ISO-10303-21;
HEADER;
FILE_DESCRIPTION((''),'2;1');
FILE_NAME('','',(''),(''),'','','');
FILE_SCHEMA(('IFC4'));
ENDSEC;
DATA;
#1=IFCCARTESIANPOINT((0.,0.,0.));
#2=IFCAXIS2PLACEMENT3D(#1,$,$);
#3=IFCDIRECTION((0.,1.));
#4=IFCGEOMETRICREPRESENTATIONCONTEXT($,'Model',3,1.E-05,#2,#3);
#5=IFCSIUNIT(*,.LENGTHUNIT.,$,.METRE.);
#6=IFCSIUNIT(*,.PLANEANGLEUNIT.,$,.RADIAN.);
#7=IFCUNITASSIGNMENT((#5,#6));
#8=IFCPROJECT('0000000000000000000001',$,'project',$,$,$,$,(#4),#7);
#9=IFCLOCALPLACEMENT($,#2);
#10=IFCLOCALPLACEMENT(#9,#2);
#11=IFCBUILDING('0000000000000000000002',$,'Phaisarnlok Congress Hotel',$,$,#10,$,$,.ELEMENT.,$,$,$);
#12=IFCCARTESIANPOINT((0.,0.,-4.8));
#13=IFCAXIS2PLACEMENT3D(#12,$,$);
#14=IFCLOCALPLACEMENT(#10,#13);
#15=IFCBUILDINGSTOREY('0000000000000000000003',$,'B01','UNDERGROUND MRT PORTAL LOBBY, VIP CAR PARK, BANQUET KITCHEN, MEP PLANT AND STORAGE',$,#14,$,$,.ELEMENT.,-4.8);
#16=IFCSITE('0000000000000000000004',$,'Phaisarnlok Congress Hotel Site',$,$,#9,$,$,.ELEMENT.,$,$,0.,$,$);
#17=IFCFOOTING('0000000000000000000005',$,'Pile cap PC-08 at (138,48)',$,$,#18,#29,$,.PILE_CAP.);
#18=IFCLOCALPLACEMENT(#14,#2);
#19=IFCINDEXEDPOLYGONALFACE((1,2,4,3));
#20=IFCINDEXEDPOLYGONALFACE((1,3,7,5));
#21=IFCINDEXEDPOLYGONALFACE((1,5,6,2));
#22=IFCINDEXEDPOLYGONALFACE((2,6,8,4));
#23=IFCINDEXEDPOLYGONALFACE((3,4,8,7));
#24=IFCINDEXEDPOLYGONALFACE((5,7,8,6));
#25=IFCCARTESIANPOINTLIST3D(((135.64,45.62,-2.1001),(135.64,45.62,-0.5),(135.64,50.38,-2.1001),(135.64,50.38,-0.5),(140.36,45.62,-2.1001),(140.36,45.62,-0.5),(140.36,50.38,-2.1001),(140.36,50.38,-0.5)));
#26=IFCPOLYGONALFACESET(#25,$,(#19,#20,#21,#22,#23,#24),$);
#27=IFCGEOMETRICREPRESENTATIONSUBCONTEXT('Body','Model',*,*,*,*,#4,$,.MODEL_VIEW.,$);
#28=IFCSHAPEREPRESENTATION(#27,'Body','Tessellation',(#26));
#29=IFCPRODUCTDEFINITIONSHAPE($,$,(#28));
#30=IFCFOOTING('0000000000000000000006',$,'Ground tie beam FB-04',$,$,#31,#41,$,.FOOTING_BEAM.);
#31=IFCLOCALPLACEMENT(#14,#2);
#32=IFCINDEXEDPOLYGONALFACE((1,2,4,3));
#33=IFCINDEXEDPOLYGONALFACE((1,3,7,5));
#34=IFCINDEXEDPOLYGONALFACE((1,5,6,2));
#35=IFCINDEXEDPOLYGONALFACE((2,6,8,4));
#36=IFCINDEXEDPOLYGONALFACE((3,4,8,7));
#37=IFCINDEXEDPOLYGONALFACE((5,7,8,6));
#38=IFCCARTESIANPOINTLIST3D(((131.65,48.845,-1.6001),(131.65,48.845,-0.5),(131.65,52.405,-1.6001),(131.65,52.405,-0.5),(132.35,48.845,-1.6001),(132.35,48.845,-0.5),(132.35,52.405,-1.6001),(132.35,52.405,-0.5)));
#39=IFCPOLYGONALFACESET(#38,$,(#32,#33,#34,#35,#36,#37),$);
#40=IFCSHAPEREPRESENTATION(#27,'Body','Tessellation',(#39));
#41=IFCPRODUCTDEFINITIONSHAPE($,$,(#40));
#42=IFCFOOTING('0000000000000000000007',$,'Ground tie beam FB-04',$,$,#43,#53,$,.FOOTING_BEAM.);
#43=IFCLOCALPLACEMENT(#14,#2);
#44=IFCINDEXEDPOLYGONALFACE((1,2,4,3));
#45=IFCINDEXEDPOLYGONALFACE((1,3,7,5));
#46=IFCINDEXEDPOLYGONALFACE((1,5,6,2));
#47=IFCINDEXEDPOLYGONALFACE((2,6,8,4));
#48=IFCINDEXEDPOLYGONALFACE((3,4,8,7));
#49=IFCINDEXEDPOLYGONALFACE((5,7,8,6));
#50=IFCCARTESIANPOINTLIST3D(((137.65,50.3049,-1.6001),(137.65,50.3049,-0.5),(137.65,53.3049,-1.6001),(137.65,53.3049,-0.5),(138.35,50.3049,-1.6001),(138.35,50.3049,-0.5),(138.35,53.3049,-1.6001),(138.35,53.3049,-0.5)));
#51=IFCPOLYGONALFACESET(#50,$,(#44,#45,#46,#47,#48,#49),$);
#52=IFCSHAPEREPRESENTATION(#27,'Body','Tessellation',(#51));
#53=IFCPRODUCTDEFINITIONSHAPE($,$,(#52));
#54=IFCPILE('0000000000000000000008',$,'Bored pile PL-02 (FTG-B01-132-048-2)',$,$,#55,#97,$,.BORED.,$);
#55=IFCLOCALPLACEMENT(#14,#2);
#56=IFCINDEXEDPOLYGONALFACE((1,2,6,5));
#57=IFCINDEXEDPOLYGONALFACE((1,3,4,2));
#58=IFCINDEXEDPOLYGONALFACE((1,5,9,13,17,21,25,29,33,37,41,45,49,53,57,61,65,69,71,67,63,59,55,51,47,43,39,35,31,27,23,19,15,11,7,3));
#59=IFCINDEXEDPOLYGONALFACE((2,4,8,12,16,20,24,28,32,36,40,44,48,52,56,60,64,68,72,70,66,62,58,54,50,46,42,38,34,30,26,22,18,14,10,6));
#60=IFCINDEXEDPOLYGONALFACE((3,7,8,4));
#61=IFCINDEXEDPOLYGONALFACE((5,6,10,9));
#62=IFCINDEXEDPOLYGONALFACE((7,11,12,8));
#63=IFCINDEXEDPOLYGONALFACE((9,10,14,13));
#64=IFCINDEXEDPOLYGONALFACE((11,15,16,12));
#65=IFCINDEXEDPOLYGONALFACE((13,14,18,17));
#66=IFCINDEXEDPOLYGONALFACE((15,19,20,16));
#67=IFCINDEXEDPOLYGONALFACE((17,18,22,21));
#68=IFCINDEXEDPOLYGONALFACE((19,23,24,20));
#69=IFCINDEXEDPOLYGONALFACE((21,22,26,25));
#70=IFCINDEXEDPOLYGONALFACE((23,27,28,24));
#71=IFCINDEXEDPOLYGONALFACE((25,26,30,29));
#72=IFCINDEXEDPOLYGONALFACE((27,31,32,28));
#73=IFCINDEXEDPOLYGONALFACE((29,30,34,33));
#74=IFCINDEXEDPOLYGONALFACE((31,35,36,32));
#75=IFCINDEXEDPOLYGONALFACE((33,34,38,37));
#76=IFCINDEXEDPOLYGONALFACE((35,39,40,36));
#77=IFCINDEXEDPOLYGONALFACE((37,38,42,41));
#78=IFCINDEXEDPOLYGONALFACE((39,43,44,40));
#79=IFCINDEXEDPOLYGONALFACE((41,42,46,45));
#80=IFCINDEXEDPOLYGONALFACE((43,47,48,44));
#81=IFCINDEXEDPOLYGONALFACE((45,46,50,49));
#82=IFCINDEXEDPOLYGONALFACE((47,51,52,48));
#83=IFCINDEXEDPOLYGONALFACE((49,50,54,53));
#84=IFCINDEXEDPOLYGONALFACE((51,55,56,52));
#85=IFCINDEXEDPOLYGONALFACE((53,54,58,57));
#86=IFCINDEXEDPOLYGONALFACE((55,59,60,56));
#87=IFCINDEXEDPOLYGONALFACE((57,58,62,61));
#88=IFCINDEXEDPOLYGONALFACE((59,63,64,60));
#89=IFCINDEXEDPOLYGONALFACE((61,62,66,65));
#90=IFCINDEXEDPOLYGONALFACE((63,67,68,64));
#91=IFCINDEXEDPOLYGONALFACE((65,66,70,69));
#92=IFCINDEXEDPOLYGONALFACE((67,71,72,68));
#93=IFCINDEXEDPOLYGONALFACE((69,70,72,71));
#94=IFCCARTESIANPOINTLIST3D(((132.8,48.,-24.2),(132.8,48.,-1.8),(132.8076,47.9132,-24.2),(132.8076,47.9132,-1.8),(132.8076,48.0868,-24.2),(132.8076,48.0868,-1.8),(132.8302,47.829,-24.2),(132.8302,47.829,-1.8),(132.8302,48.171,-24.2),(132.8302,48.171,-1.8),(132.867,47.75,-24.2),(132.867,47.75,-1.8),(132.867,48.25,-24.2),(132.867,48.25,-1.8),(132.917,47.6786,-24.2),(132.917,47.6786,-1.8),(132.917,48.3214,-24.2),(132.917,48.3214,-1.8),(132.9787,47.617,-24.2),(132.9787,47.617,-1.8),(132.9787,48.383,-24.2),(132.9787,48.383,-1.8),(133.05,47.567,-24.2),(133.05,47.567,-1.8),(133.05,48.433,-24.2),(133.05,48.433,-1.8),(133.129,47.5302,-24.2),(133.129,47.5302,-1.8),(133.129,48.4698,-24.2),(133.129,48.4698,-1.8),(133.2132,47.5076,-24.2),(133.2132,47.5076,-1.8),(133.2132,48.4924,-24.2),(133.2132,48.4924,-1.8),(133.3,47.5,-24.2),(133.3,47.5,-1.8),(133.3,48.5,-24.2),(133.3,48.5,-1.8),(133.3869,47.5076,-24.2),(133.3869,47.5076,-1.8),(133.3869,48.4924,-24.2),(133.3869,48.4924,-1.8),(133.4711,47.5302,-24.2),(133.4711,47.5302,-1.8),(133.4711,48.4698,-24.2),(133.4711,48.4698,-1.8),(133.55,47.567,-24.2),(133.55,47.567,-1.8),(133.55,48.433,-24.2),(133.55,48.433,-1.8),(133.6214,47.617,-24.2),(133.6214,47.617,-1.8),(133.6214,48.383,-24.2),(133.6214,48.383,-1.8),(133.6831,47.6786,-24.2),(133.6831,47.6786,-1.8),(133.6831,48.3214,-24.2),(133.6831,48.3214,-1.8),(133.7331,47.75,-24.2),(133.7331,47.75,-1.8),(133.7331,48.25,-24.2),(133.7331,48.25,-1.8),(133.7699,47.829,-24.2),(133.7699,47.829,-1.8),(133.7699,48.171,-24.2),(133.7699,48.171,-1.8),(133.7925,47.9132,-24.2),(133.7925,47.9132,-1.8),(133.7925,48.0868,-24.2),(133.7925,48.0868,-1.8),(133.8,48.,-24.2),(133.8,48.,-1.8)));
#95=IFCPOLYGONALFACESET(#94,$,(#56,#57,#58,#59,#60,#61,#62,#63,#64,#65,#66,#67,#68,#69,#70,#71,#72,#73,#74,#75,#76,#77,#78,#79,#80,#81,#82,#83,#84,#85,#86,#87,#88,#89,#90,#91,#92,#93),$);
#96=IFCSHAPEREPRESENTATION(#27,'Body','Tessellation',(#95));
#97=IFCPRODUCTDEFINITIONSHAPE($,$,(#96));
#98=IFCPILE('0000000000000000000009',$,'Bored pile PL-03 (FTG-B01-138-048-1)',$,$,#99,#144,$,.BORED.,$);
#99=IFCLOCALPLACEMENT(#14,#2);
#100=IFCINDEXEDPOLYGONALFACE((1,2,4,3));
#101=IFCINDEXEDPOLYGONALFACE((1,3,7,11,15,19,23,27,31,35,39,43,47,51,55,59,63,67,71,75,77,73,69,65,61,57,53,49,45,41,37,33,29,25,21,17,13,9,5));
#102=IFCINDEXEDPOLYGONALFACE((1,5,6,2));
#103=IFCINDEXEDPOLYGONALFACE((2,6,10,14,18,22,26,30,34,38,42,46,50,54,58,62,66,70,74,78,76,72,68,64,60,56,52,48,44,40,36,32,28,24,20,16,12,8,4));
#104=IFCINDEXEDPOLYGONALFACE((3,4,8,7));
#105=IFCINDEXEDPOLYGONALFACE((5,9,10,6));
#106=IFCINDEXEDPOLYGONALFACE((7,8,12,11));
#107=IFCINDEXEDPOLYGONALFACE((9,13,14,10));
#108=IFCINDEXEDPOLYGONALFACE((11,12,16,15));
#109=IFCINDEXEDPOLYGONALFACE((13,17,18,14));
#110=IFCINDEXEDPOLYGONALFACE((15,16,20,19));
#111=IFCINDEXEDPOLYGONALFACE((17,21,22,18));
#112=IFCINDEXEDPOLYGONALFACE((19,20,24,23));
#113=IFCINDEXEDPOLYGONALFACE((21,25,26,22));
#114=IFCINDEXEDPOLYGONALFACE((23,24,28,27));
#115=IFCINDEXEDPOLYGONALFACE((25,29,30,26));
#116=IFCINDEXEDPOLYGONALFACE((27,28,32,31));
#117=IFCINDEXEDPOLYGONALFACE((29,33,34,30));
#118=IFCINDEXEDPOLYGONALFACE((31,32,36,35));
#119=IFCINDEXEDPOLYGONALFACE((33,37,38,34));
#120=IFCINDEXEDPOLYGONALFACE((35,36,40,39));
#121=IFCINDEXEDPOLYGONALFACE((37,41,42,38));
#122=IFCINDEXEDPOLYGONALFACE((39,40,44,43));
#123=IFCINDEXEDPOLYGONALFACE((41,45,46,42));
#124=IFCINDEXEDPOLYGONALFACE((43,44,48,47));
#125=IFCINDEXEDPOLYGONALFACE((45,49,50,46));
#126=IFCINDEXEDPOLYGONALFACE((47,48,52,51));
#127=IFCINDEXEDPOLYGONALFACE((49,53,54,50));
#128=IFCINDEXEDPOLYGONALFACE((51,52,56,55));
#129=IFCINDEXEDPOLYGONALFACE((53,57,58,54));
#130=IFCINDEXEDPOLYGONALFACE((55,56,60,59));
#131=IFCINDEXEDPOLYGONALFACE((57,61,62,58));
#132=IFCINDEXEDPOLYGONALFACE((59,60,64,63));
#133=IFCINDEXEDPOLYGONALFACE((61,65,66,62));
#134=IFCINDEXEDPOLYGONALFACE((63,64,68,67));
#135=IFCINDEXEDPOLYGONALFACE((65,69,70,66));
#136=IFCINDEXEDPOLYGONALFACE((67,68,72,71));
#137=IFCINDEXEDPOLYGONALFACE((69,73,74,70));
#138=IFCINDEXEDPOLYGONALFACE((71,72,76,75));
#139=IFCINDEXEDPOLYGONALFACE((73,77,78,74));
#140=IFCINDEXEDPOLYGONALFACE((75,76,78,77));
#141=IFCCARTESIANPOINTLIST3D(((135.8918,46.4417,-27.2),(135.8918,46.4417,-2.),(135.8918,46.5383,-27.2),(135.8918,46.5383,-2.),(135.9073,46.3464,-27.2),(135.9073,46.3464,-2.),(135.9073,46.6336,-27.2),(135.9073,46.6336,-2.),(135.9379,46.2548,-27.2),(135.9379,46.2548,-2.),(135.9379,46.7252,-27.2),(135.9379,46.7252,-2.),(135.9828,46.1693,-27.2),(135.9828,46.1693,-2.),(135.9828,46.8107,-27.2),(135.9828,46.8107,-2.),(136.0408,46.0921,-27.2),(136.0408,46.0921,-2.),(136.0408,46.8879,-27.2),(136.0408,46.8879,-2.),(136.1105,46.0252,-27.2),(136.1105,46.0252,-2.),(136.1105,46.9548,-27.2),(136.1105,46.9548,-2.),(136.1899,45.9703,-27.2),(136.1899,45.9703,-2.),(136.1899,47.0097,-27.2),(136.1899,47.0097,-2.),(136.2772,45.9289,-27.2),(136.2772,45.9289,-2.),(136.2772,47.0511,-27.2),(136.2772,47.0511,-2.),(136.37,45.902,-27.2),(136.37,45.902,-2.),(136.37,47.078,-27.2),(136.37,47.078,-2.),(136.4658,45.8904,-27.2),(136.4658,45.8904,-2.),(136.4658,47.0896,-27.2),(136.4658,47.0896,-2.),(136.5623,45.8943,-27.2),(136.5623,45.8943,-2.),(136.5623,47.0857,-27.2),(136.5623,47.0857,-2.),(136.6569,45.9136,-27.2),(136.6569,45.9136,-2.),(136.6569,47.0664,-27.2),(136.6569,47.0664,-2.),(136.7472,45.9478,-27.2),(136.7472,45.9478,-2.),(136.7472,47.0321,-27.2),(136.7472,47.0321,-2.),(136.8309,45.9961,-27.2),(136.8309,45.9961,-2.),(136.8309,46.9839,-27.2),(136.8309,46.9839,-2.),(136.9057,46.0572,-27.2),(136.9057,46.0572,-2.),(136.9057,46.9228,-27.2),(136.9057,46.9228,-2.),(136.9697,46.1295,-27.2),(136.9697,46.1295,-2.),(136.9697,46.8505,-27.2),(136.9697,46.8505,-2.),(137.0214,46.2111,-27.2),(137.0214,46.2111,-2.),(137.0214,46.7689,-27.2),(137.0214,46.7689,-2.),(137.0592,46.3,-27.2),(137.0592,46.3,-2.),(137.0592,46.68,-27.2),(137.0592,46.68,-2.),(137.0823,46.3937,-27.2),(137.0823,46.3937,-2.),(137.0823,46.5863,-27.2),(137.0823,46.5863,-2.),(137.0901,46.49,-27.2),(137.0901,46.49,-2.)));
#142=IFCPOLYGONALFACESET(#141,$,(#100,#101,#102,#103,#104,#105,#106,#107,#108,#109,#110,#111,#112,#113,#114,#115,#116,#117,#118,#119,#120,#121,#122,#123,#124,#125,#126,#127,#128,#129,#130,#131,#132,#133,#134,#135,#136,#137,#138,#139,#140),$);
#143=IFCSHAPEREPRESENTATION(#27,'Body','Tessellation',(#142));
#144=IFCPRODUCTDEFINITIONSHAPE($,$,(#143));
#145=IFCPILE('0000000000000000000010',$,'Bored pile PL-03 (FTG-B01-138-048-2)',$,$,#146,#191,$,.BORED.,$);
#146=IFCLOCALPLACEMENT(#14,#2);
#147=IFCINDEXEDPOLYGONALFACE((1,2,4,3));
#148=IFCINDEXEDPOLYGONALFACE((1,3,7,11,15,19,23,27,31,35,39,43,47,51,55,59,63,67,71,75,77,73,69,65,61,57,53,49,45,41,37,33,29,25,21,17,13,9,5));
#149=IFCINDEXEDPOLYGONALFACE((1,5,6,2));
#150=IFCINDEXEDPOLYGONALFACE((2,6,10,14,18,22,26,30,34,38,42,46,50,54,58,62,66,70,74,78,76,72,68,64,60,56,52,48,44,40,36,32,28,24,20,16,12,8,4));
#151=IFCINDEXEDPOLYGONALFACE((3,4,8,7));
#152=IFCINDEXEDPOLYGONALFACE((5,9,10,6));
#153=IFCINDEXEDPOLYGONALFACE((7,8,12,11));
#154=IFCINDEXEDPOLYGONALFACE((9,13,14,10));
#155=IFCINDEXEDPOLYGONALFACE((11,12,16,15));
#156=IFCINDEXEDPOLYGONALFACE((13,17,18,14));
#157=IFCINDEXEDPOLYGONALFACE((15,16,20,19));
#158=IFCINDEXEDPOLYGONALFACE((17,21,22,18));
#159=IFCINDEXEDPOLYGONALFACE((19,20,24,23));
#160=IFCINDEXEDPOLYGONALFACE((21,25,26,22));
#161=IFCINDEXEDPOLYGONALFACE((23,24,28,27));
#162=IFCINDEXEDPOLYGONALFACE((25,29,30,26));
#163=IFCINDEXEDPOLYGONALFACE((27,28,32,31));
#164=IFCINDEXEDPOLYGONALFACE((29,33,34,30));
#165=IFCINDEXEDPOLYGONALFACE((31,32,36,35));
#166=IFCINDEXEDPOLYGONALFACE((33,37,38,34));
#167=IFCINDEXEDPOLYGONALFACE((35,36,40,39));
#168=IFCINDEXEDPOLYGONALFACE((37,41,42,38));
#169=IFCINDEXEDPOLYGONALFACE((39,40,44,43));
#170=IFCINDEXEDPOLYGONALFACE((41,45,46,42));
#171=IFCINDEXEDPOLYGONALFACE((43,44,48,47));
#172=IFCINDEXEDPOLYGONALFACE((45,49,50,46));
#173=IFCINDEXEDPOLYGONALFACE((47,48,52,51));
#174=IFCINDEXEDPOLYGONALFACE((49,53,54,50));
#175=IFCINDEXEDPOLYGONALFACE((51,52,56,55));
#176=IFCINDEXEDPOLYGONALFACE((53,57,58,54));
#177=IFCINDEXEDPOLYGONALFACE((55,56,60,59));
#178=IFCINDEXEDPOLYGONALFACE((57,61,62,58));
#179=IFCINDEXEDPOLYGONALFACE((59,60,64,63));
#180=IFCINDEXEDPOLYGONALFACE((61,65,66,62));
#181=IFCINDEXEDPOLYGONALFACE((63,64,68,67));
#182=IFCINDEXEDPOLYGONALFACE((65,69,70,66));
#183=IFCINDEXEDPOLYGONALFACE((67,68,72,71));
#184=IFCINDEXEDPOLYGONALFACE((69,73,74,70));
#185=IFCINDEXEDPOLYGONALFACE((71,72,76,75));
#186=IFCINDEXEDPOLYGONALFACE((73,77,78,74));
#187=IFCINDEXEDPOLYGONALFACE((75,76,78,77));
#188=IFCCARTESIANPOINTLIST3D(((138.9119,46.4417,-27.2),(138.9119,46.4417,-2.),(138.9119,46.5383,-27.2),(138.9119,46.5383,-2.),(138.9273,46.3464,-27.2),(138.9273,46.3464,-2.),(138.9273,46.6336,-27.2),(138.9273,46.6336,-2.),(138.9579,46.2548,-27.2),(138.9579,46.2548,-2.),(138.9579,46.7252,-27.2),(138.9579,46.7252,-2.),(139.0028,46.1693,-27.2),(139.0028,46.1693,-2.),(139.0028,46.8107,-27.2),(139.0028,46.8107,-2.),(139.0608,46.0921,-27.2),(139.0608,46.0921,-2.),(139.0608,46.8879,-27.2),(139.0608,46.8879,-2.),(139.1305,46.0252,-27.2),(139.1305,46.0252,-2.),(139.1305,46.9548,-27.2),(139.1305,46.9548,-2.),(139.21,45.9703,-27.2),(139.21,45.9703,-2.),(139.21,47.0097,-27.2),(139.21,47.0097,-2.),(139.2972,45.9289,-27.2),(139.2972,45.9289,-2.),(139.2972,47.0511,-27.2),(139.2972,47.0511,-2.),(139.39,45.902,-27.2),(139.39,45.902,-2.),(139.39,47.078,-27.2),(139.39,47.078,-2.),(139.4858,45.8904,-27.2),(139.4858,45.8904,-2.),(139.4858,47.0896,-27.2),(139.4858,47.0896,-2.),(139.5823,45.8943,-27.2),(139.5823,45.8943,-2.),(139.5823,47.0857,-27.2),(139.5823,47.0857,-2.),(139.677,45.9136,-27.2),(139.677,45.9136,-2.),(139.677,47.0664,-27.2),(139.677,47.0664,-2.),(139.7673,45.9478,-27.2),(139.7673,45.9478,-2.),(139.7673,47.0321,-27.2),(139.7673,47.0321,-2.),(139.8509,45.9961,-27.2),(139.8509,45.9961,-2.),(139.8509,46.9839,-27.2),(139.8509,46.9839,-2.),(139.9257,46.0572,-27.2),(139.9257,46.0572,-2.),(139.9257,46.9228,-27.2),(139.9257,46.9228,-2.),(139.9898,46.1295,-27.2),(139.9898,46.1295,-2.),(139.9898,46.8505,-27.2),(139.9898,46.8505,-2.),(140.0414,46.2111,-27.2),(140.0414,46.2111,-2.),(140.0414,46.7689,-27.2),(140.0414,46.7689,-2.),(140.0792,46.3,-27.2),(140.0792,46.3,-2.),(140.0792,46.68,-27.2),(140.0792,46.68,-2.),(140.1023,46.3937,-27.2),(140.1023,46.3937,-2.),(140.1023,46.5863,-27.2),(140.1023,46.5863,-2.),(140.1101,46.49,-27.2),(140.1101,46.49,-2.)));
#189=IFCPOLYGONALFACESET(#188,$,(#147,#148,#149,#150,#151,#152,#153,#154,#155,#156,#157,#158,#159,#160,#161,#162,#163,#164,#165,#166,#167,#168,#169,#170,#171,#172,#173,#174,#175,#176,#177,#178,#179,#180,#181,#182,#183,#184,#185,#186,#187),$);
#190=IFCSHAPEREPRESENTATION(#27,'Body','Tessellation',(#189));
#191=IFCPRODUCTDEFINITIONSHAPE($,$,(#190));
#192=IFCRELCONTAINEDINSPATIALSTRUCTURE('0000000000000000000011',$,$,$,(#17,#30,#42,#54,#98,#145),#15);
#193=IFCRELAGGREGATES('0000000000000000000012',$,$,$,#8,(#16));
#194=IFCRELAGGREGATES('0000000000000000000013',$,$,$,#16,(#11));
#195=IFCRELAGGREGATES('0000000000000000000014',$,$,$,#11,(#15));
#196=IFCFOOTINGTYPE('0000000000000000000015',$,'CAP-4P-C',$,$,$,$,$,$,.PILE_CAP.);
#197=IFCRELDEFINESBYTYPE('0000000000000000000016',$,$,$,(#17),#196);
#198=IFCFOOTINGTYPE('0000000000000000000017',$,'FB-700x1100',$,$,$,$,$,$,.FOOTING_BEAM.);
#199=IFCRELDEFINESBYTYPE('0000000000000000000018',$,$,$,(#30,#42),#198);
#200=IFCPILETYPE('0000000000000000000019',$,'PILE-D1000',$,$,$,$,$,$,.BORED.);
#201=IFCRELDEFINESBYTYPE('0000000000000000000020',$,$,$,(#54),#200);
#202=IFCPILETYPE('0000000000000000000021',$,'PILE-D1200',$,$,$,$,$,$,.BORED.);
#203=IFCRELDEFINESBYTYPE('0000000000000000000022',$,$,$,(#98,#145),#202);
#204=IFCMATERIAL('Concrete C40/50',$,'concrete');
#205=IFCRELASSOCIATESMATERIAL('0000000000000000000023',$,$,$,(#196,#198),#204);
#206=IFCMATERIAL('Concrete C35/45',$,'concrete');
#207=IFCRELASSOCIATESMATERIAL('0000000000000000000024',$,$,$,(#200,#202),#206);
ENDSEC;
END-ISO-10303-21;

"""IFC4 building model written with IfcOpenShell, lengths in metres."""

from ifc_helpers import new_model, si_unit, direction, frame, origin, origin_2d, place, context, subcontext, project, spatial, rectangle, circle, extrude, material, material_profile, profile_set, type_object, element, save


model = new_model("IFC4")

# Units and contexts
model_context = context("Model", 3, precision=1e-05, world=origin(), true_north=direction((0.0, 1.0)))
body_context = subcontext(model_context, "Body", "Model", "MODEL_VIEW")
ifc_project = project(units=[si_unit("LENGTHUNIT", "METRE"), si_unit("PLANEANGLEUNIT", "RADIAN")], contexts=[model_context])

# Site, building, storey
site_placement = place(None, origin())
site = spatial("IfcSite", under=ifc_project, at=site_placement, Name="Phaisarnlok Congress Hotel Site", CompositionType="ELEMENT", RefElevation=0.0)
building_placement = place(site_placement, origin())
building = spatial("IfcBuilding", under=site, at=building_placement, Name="Phaisarnlok Congress Hotel", CompositionType="ELEMENT")
storey_placement = place(building_placement, frame((0.0, 0.0, -4.8)))
storey = spatial("IfcBuildingStorey", under=building, at=storey_placement, Name="B01", Description="UNDERGROUND MRT PORTAL LOBBY, VIP CAR PARK, BANQUET KITCHEN, MEP PLANT AND STORAGE", CompositionType="ELEMENT", Elevation=-4.8)

# Footings
ifc_material_1 = material(Name="Concrete C40/50", Category="concrete")
footing_type_1 = type_object("IfcFootingType", Name="CAP-4P-C", PredefinedType="PILE_CAP", material=ifc_material_1)
footing_1_placement = place(storey_placement, frame((138.0, 48.0, -2.1001), z_axis=(0.0, 0.0, 1.0), x_axis=(1.0, 0.0, 0.0)))
element("IfcFooting", 1, at=footing_1_placement, inside=storey, type_object=footing_type_1, Name="Pile cap PC-08 at (138,48)", PredefinedType="PILE_CAP", context=body_context, shape_type="SweptSolid", body=[
    extrude(rectangle(XDim=4.72, YDim=4.76, at=origin_2d()), origin(), (0.0, 0.0, 1.0), 1.6001),
])
ifc_material_profile_1 = material_profile(ifc_material_1, rectangle(XDim=0.7, YDim=1.1001, at=origin_2d()), Name="FB-700x1100")
ifc_profile_set_1 = profile_set([ifc_material_profile_1], Name="Concrete C40/50")
footing_type_2 = type_object("IfcFootingType", Name="FB-700x1100", PredefinedType="FOOTING_BEAM", material=ifc_profile_set_1)
footing_2_placement = place(storey_placement, frame((132.0, 48.845, -1.05), z_axis=(0.0, 1.0, 0.0), x_axis=(-1.0, 0.0, 0.0)))
element("IfcFooting", 2, at=footing_2_placement, inside=storey, type_object=footing_type_2, Name="Ground tie beam FB-04", PredefinedType="FOOTING_BEAM", context=body_context, shape_type="SweptSolid", body=[
    extrude(rectangle(XDim=0.7, YDim=1.1001, at=origin_2d()), origin(), (0.0, 0.0, 1.0), 3.5601),
])
footing_3_placement = place(storey_placement, frame((138.0, 50.3049, -1.05), z_axis=(0.0, 1.0, 0.0), x_axis=(-1.0, 0.0, 0.0)))
element("IfcFooting", 3, at=footing_3_placement, inside=storey, type_object=footing_type_2, Name="Ground tie beam FB-04", PredefinedType="FOOTING_BEAM", context=body_context, shape_type="SweptSolid", body=[
    extrude(rectangle(XDim=0.7, YDim=1.1001, at=origin_2d()), origin(), (0.0, 0.0, 1.0), 3.0),
])

# Piles
ifc_material_2 = material(Name="Concrete C35/45", Category="concrete")
ifc_material_profile_2 = material_profile(ifc_material_2, circle(Radius=0.5, at=origin_2d()), Name="BORED PILE D1000")
ifc_profile_set_2 = profile_set([ifc_material_profile_2], Name="Concrete C35/45")
pile_type_1 = type_object("IfcPileType", Name="PILE-D1000", PredefinedType="BORED", material=ifc_profile_set_2)
pile_placement = place(storey_placement, frame((133.3, 48.0, -1.8), z_axis=(0.0, 0.0, -1.0), x_axis=(1.0, 0.0, 0.0)))
element("IfcPile", 4, at=pile_placement, inside=storey, type_object=pile_type_1, Name="Bored pile PL-02 (FTG-B01-132-048-2)", PredefinedType="BORED", context=body_context, shape_type="SweptSolid", body=[
    extrude(circle(Radius=0.5, at=origin_2d()), origin(), (0.0, 0.0, 1.0), 22.3999),
])
ifc_material_profile_3 = material_profile(ifc_material_2, circle(Radius=0.6001, at=origin_2d()), Name="BORED PILE D1200")
ifc_profile_set_3 = profile_set([ifc_material_profile_3], Name="Concrete C35/45")
pile_type_2 = type_object("IfcPileType", Name="PILE-D1200", PredefinedType="BORED", material=ifc_profile_set_3)
for number, where, z_axis, x_axis, name in (
    (5, (136.49, 46.49, -2.0), (0.0, 0.0, -1.0), (1.0, 0.0, 0.0), "Bored pile PL-03 (FTG-B01-138-048-1)"),
    (6, (139.51, 46.49, -2.0), (0.0, 0.0, -1.0), (1.0, 0.0, 0.0), "Bored pile PL-03 (FTG-B01-138-048-2)"),
):
    element("IfcPile", number, at=place(storey_placement, frame(where, z_axis=z_axis, x_axis=x_axis)), inside=storey, type_object=pile_type_2, Name=name, PredefinedType="BORED", context=body_context, shape_type="SweptSolid", body=[
        extrude(circle(Radius=0.6001, at=origin_2d()), origin(), (0.0, 0.0, 1.0), 25.2),
    ])

save(model, "model.ifc")
